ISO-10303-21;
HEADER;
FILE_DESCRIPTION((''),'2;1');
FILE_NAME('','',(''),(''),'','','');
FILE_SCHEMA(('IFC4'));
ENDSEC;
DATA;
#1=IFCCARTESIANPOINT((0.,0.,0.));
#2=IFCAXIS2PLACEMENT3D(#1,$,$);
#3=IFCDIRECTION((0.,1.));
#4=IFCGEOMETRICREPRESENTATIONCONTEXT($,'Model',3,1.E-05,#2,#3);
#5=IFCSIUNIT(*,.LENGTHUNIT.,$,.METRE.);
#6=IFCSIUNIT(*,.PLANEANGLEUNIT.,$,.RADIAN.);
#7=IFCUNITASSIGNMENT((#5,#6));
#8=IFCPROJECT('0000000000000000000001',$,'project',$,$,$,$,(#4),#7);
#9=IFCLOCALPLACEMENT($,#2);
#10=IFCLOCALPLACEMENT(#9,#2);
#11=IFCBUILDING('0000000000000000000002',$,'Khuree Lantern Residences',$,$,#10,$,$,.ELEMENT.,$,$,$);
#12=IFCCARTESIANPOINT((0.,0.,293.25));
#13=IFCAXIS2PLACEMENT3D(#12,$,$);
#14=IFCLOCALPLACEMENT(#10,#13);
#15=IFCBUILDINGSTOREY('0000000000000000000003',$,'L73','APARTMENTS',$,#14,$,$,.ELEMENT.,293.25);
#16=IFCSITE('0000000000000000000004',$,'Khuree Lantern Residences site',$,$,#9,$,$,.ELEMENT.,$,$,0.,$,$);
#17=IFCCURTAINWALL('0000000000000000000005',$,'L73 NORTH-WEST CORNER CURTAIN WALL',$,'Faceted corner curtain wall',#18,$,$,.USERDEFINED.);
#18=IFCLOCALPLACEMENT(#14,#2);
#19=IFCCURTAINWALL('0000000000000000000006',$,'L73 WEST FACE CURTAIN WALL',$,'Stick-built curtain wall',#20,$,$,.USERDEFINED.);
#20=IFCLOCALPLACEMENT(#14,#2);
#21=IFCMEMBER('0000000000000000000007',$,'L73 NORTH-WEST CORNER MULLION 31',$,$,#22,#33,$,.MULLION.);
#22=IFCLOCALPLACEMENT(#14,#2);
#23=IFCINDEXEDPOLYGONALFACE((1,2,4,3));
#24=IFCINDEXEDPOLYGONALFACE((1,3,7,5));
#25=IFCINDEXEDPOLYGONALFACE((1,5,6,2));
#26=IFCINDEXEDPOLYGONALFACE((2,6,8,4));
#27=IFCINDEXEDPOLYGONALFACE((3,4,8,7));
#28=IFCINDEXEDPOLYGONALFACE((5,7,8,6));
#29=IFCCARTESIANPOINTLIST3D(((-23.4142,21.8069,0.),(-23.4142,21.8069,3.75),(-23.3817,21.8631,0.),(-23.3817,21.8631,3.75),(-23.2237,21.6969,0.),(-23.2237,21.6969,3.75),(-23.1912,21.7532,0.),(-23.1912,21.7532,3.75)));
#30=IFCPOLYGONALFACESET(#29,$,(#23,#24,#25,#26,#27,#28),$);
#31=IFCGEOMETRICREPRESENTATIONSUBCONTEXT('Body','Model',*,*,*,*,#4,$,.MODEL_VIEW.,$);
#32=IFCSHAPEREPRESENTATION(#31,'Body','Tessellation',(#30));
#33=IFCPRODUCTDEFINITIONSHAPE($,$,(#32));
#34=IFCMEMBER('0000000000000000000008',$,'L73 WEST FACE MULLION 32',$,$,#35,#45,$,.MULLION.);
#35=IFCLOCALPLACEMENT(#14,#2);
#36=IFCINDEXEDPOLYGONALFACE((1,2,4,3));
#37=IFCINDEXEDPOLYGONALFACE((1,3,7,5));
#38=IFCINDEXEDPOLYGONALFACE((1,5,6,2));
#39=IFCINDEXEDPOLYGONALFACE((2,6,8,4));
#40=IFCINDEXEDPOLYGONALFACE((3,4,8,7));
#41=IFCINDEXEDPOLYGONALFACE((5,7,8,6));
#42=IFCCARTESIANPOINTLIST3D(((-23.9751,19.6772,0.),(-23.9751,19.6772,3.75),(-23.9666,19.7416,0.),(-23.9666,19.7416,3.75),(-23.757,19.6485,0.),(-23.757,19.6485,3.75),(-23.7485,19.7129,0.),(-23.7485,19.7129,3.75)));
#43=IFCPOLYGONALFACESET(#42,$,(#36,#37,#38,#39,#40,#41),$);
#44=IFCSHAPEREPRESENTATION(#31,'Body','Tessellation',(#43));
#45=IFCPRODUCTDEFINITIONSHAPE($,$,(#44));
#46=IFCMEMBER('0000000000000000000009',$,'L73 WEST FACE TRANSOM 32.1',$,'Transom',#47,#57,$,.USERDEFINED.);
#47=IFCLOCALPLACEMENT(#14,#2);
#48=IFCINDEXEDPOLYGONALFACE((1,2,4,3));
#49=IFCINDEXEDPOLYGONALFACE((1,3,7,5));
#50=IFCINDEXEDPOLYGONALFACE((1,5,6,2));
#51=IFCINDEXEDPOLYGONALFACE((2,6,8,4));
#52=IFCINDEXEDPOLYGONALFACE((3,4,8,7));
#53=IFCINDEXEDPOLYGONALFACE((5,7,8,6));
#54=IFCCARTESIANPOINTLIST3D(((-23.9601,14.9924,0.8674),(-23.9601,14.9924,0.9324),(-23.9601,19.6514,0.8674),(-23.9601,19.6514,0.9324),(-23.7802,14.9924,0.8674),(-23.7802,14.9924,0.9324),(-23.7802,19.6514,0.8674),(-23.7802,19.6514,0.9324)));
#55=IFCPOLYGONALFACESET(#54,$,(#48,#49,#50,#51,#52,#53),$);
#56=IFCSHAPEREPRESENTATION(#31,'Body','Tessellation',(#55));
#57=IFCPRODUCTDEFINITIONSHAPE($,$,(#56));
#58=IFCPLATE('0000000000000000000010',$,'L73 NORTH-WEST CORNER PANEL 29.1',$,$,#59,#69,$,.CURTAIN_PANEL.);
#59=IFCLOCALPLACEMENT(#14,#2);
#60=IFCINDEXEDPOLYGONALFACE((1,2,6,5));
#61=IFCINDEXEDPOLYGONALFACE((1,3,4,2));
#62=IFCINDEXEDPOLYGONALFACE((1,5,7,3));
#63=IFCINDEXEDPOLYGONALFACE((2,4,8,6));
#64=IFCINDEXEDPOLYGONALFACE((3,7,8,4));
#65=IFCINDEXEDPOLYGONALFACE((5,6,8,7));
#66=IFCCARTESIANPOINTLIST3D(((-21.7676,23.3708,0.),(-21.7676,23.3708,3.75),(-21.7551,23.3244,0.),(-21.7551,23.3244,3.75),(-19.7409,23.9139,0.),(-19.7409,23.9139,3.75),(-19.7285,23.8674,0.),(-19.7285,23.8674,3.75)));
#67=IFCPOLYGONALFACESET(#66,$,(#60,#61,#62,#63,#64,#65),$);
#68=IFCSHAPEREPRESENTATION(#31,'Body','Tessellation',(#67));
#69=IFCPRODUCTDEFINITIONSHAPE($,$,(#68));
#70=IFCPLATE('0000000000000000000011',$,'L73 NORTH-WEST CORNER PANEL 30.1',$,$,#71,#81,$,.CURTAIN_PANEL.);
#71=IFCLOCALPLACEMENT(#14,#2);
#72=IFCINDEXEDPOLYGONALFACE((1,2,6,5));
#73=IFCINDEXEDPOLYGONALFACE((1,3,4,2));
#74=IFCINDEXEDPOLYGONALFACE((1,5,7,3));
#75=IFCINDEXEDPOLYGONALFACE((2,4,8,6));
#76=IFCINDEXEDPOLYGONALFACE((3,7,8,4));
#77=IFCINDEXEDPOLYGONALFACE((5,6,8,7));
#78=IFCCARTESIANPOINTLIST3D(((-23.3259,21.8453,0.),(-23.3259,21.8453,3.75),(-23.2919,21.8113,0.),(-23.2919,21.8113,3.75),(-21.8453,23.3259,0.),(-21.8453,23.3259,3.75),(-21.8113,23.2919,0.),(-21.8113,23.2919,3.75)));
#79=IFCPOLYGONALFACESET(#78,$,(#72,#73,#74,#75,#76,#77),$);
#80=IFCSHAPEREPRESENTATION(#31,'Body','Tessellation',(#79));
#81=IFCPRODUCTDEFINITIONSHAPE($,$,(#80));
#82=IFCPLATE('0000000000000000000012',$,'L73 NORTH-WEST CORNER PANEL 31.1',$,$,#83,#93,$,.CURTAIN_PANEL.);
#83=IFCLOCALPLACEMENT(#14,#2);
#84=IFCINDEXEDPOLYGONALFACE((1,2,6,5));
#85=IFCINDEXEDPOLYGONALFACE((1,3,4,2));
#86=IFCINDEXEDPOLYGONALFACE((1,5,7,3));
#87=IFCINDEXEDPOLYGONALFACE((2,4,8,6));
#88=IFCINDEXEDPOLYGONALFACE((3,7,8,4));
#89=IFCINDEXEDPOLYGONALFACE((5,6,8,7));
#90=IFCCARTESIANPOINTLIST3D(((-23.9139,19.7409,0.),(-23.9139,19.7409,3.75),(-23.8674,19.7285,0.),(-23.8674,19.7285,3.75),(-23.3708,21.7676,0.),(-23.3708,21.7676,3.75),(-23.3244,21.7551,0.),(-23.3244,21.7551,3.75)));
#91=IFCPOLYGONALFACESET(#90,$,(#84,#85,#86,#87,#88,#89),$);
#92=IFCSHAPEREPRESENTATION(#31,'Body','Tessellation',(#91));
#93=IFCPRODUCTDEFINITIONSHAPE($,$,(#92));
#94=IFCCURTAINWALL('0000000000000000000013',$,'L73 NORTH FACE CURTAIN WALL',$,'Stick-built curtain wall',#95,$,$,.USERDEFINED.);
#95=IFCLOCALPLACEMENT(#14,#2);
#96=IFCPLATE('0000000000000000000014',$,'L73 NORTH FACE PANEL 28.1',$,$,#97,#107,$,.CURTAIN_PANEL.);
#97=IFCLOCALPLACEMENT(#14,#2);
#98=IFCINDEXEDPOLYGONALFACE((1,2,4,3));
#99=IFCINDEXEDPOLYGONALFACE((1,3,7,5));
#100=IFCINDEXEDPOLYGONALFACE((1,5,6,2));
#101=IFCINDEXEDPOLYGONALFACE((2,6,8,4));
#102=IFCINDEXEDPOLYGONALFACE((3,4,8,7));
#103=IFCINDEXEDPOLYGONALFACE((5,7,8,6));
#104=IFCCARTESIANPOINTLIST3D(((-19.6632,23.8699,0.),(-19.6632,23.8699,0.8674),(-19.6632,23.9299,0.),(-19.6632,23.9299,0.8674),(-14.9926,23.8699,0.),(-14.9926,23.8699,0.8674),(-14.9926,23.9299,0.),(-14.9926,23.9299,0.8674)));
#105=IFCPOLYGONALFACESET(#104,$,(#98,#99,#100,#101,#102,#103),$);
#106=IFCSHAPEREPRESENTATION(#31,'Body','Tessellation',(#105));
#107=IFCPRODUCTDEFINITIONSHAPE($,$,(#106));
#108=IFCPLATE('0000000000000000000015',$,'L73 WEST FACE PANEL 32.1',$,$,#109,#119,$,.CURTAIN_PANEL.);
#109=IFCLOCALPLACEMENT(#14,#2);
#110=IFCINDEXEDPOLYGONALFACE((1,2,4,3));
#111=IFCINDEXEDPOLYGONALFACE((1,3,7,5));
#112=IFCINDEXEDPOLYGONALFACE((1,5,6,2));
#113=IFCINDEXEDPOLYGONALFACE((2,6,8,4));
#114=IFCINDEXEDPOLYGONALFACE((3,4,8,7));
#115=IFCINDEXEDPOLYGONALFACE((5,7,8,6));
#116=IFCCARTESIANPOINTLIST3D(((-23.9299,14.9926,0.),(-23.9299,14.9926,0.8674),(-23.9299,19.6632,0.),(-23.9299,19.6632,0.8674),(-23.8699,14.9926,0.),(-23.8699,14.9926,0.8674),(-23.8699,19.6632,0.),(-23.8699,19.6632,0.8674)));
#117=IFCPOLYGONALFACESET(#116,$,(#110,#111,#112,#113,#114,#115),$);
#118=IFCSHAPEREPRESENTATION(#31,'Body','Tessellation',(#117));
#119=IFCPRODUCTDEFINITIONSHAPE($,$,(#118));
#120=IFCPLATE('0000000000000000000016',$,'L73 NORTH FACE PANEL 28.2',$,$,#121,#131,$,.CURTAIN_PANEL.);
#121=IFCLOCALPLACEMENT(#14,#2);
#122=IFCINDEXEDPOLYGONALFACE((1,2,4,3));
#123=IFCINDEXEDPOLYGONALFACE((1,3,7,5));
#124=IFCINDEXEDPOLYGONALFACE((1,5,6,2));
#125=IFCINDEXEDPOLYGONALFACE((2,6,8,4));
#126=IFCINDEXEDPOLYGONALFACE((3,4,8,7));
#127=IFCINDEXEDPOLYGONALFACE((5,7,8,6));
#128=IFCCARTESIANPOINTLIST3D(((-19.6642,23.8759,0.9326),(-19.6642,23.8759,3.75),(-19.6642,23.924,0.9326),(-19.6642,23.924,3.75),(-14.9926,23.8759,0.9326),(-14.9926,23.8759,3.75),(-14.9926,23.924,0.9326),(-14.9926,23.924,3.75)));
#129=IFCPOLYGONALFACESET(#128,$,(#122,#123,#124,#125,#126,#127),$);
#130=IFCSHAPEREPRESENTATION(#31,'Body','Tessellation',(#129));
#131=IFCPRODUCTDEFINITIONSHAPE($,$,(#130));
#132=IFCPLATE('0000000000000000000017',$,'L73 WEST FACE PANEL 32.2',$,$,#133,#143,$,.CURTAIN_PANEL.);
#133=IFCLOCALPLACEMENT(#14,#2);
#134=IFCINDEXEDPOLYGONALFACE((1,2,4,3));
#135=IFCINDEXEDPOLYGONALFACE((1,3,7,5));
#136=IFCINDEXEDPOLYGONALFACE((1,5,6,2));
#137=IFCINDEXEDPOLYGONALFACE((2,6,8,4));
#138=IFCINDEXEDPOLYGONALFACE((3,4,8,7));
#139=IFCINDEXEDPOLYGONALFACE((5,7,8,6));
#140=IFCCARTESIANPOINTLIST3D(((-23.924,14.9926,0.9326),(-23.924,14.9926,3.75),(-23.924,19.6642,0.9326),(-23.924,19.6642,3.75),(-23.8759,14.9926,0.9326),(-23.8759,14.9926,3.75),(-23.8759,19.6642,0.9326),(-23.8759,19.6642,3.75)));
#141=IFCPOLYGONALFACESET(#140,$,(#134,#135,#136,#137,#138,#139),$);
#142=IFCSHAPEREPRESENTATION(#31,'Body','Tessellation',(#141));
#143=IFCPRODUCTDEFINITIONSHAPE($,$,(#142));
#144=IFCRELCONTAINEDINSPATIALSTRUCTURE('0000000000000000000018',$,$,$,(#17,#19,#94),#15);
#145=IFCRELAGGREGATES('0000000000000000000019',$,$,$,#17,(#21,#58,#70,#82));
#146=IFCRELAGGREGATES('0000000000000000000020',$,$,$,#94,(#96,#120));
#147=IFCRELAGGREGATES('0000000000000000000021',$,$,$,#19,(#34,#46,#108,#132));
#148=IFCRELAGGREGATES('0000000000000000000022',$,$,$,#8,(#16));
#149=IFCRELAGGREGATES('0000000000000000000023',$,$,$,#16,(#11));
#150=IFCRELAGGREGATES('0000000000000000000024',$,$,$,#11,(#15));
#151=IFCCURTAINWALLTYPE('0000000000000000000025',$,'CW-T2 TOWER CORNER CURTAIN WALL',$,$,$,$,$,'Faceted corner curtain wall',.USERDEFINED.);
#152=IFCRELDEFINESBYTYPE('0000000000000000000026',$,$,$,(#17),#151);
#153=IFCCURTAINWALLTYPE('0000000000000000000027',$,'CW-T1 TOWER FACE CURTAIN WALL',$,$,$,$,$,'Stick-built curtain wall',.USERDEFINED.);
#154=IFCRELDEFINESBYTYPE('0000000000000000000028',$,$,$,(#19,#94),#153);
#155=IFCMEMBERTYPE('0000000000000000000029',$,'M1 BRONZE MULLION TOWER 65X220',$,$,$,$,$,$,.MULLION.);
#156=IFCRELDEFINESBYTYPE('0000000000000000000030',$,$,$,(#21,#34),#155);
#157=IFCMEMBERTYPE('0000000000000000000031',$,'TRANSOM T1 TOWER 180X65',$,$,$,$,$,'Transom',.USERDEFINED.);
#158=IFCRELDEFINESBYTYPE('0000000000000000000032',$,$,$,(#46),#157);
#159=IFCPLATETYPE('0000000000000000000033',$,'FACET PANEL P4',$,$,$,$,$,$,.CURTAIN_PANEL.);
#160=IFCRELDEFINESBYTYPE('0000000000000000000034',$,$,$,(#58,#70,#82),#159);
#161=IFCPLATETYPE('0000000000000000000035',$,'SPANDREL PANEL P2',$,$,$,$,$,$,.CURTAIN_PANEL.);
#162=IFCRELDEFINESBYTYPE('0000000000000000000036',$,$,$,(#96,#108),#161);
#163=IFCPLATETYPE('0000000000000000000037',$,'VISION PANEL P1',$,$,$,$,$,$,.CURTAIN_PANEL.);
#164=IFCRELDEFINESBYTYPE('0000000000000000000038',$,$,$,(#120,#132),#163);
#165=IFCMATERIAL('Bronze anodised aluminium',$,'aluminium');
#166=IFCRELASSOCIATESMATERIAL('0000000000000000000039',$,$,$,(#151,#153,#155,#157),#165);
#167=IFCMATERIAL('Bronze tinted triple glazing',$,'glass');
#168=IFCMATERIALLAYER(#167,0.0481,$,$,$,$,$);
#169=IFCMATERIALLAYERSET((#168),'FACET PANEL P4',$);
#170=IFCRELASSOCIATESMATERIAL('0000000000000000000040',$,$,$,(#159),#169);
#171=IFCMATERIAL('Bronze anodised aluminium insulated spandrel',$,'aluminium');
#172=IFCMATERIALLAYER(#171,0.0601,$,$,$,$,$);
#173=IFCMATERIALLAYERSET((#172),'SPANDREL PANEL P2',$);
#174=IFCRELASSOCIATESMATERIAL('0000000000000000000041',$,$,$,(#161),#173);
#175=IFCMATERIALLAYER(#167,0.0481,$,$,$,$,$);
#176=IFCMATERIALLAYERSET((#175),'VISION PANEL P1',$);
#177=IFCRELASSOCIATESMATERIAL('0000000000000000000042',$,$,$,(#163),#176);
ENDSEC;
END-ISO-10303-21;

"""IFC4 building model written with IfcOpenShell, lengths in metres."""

from ifc_helpers import new_model, si_unit, direction, frame, origin, origin_2d, place, context, subcontext, project, spatial, rectangle, extrude, material, layer, layer_set, material_profile, profile_set, type_object, element, aggregate, save


model = new_model("IFC4")

# Units and contexts
model_context = context("Model", 3, precision=1e-05, world=origin(), true_north=direction((0.0, 1.0)))
body_context = subcontext(model_context, "Body", "Model", "MODEL_VIEW")
ifc_project = project(units=[si_unit("LENGTHUNIT", "METRE"), si_unit("PLANEANGLEUNIT", "RADIAN")], contexts=[model_context])

# Site, building, storey
site_placement = place(None, origin())
site = spatial("IfcSite", under=ifc_project, at=site_placement, Name="Khuree Lantern Residences site", CompositionType="ELEMENT", RefElevation=0.0)
building_placement = place(site_placement, origin())
building = spatial("IfcBuilding", under=site, at=building_placement, Name="Khuree Lantern Residences", CompositionType="ELEMENT")
storey_placement = place(building_placement, frame((0.0, 0.0, 293.25)))
storey = spatial("IfcBuildingStorey", under=building, at=storey_placement, Name="L73", Description="APARTMENTS", CompositionType="ELEMENT", Elevation=293.25)

# Curtain walls
ifc_material_1 = material(Name="Bronze anodised aluminium", Category="aluminium")
curtain_wall_type_1 = type_object("IfcCurtainWallType", Name="CW-T2 TOWER CORNER CURTAIN WALL", ElementType="Faceted corner curtain wall", PredefinedType="USERDEFINED", material=ifc_material_1)
curtain_wall_1_placement = place(storey_placement, origin())
curtain_wall_1 = element("IfcCurtainWall", 1, at=curtain_wall_1_placement, inside=storey, type_object=curtain_wall_type_1, Name="L73 NORTH-WEST CORNER CURTAIN WALL", ObjectType="Faceted corner curtain wall", PredefinedType="USERDEFINED")
curtain_wall_type_2 = type_object("IfcCurtainWallType", Name="CW-T1 TOWER FACE CURTAIN WALL", ElementType="Stick-built curtain wall", PredefinedType="USERDEFINED", material=ifc_material_1)
curtain_wall_2_placement = place(storey_placement, origin())
curtain_wall_2 = element("IfcCurtainWall", 2, at=curtain_wall_2_placement, inside=storey, type_object=curtain_wall_type_2, Name="L73 WEST FACE CURTAIN WALL", ObjectType="Stick-built curtain wall", PredefinedType="USERDEFINED")

# Members
ifc_material_profile_1 = material_profile(ifc_material_1, rectangle(XDim=0.0649, YDim=0.22, at=origin_2d()), Name="M1 65X220")
ifc_profile_set_1 = profile_set([ifc_material_profile_1], Name="Bronze anodised aluminium")
member_type_1 = type_object("IfcMemberType", Name="M1 BRONZE MULLION TOWER 65X220", PredefinedType="MULLION", material=ifc_profile_set_1)
member_1_placement = place(storey_placement, frame((-23.3027, 21.78, 0.0), z_axis=(0.0, 0.0, 1.0), x_axis=(-0.5, -0.866025, 0.0)))
member_1 = element("IfcMember", 3, at=member_1_placement, type_object=member_type_1, Name="L73 NORTH-WEST CORNER MULLION 31", PredefinedType="MULLION", context=body_context, shape_type="SweptSolid", body=[
    extrude(rectangle(XDim=0.0649, YDim=0.22, at=origin_2d()), origin(), (0.0, 0.0, 1.0), 3.75),
])
member_2_placement = place(storey_placement, frame((-23.8618, 19.6951, 0.0), z_axis=(0.0, 0.0, 1.0), x_axis=(-0.130526, -0.991445, 0.0)))
member_2 = element("IfcMember", 4, at=member_2_placement, type_object=member_type_1, Name="L73 WEST FACE MULLION 32", PredefinedType="MULLION", context=body_context, shape_type="SweptSolid", body=[
    extrude(rectangle(XDim=0.0649, YDim=0.22, at=origin_2d()), origin(), (0.0, 0.0, 1.0), 3.75),
])
ifc_material_profile_2 = material_profile(ifc_material_1, rectangle(XDim=0.1799, YDim=0.0649, at=origin_2d()), Name="T1 180X65")
ifc_profile_set_2 = profile_set([ifc_material_profile_2], Name="Bronze anodised aluminium")
member_type_2 = type_object("IfcMemberType", Name="TRANSOM T1 TOWER 180X65", ElementType="Transom", PredefinedType="USERDEFINED", material=ifc_profile_set_2)
member_3_placement = place(storey_placement, frame((-23.8701, 19.6514, 0.8999), z_axis=(0.0, -1.0, 0.0), x_axis=(1.0, 0.0, 0.0)))
member_3 = element("IfcMember", 5, at=member_3_placement, type_object=member_type_2, Name="L73 WEST FACE TRANSOM 32.1", ObjectType="Transom", PredefinedType="USERDEFINED", context=body_context, shape_type="SweptSolid", body=[
    extrude(rectangle(XDim=0.1799, YDim=0.0649, at=origin_2d()), origin(), (0.0, 0.0, 1.0), 4.6589),
])

# Plates
ifc_material_2 = material(Name="Bronze tinted triple glazing", Category="glass")
ifc_layer_1 = layer(ifc_material_2, 0.0481)
ifc_layer_set_1 = layer_set([ifc_layer_1], Name="FACET PANEL P4")
plate_type_1 = type_object("IfcPlateType", Name="FACET PANEL P4", PredefinedType="CURTAIN_PANEL", material=ifc_layer_set_1)
plate_1_placement = place(storey_placement, frame((-20.748, 23.6191, 0.0), z_axis=(0.0, 0.0, 1.0), x_axis=(-0.965926, -0.258819, 0.0)))
plate_1 = element("IfcPlate", 6, at=plate_1_placement, type_object=plate_type_1, Name="L73 NORTH-WEST CORNER PANEL 29.1", PredefinedType="CURTAIN_PANEL", context=body_context, shape_type="SweptSolid", body=[
    extrude(rectangle(XDim=2.0981, YDim=0.0481, at=origin_2d()), origin(), (0.0, 0.0, 1.0), 3.75),
])
plate_2_placement = place(storey_placement, frame((-22.5686, 22.5686, 0.0), z_axis=(0.0, 0.0, 1.0), x_axis=(-0.707107, -0.707107, 0.0)))
plate_2 = element("IfcPlate", 7, at=plate_2_placement, type_object=plate_type_1, Name="L73 NORTH-WEST CORNER PANEL 30.1", PredefinedType="CURTAIN_PANEL", context=body_context, shape_type="SweptSolid", body=[
    extrude(rectangle(XDim=2.094, YDim=0.0481, at=origin_2d()), origin(), (0.0, 0.0, 1.0), 3.75),
])
plate_3_placement = place(storey_placement, frame((-23.6191, 20.748, 0.0), z_axis=(0.0, 0.0, 1.0), x_axis=(-0.258819, -0.965926, 0.0)))
plate_3 = element("IfcPlate", 8, at=plate_3_placement, type_object=plate_type_1, Name="L73 NORTH-WEST CORNER PANEL 31.1", PredefinedType="CURTAIN_PANEL", context=body_context, shape_type="SweptSolid", body=[
    extrude(rectangle(XDim=2.0981, YDim=0.0481, at=origin_2d()), origin(), (0.0, 0.0, 1.0), 3.75),
])
aggregate(curtain_wall_1, [member_1, plate_1, plate_2, plate_3])

# Curtain wall, plate
curtain_wall_3_placement = place(storey_placement, origin())
curtain_wall_3 = element("IfcCurtainWall", 9, at=curtain_wall_3_placement, inside=storey, type_object=curtain_wall_type_2, Name="L73 NORTH FACE CURTAIN WALL", ObjectType="Stick-built curtain wall", PredefinedType="USERDEFINED")
ifc_material_3 = material(Name="Bronze anodised aluminium insulated spandrel", Category="aluminium")
ifc_layer_2 = layer(ifc_material_3, 0.0601)
ifc_layer_set_2 = layer_set([ifc_layer_2], Name="SPANDREL PANEL P2")
plate_type_2 = type_object("IfcPlateType", Name="SPANDREL PANEL P2", PredefinedType="CURTAIN_PANEL", material=ifc_layer_set_2)
plate_4_placement = place(storey_placement, frame((-17.3279, 23.8999, 0.0), z_axis=(0.0, 0.0, 1.0), x_axis=(-1.0, 0.0, 0.0)))
plate_4 = element("IfcPlate", 10, at=plate_4_placement, type_object=plate_type_2, Name="L73 NORTH FACE PANEL 28.1", PredefinedType="CURTAIN_PANEL", context=body_context, shape_type="SweptSolid", body=[
    extrude(rectangle(XDim=4.6707, YDim=0.0601, at=origin_2d()), origin(), (0.0, 0.0, 1.0), 0.8674),
])

# Plates
plate_5_placement = place(storey_placement, frame((-23.8999, 17.3279, 0.0), z_axis=(0.0, 0.0, 1.0), x_axis=(0.0, -1.0, 0.0)))
plate_5 = element("IfcPlate", 11, at=plate_5_placement, type_object=plate_type_2, Name="L73 WEST FACE PANEL 32.1", PredefinedType="CURTAIN_PANEL", context=body_context, shape_type="SweptSolid", body=[
    extrude(rectangle(XDim=4.6707, YDim=0.0601, at=origin_2d()), origin(), (0.0, 0.0, 1.0), 0.8674),
])
ifc_layer_3 = layer(ifc_material_2, 0.0481)
ifc_layer_set_3 = layer_set([ifc_layer_3], Name="VISION PANEL P1")
plate_type_3 = type_object("IfcPlateType", Name="VISION PANEL P1", PredefinedType="CURTAIN_PANEL", material=ifc_layer_set_3)
plate_6_placement = place(storey_placement, frame((-17.3284, 23.8999, 0.9326), z_axis=(0.0, 0.0, 1.0), x_axis=(-1.0, 0.0, 0.0)))
plate_6 = element("IfcPlate", 12, at=plate_6_placement, type_object=plate_type_3, Name="L73 NORTH FACE PANEL 28.2", PredefinedType="CURTAIN_PANEL", context=body_context, shape_type="SweptSolid", body=[
    extrude(rectangle(XDim=4.6716, YDim=0.0481, at=origin_2d()), origin(), (0.0, 0.0, 1.0), 2.8174),
])
aggregate(curtain_wall_3, [plate_4, plate_6])
plate_7_placement = place(storey_placement, frame((-23.8999, 17.3284, 0.9326), z_axis=(0.0, 0.0, 1.0), x_axis=(0.0, -1.0, 0.0)))
plate_7 = element("IfcPlate", 13, at=plate_7_placement, type_object=plate_type_3, Name="L73 WEST FACE PANEL 32.2", PredefinedType="CURTAIN_PANEL", context=body_context, shape_type="SweptSolid", body=[
    extrude(rectangle(XDim=4.6716, YDim=0.0481, at=origin_2d()), origin(), (0.0, 0.0, 1.0), 2.8174),
])
aggregate(curtain_wall_2, [member_2, member_3, plate_5, plate_7])

save(model, "model.ifc")
